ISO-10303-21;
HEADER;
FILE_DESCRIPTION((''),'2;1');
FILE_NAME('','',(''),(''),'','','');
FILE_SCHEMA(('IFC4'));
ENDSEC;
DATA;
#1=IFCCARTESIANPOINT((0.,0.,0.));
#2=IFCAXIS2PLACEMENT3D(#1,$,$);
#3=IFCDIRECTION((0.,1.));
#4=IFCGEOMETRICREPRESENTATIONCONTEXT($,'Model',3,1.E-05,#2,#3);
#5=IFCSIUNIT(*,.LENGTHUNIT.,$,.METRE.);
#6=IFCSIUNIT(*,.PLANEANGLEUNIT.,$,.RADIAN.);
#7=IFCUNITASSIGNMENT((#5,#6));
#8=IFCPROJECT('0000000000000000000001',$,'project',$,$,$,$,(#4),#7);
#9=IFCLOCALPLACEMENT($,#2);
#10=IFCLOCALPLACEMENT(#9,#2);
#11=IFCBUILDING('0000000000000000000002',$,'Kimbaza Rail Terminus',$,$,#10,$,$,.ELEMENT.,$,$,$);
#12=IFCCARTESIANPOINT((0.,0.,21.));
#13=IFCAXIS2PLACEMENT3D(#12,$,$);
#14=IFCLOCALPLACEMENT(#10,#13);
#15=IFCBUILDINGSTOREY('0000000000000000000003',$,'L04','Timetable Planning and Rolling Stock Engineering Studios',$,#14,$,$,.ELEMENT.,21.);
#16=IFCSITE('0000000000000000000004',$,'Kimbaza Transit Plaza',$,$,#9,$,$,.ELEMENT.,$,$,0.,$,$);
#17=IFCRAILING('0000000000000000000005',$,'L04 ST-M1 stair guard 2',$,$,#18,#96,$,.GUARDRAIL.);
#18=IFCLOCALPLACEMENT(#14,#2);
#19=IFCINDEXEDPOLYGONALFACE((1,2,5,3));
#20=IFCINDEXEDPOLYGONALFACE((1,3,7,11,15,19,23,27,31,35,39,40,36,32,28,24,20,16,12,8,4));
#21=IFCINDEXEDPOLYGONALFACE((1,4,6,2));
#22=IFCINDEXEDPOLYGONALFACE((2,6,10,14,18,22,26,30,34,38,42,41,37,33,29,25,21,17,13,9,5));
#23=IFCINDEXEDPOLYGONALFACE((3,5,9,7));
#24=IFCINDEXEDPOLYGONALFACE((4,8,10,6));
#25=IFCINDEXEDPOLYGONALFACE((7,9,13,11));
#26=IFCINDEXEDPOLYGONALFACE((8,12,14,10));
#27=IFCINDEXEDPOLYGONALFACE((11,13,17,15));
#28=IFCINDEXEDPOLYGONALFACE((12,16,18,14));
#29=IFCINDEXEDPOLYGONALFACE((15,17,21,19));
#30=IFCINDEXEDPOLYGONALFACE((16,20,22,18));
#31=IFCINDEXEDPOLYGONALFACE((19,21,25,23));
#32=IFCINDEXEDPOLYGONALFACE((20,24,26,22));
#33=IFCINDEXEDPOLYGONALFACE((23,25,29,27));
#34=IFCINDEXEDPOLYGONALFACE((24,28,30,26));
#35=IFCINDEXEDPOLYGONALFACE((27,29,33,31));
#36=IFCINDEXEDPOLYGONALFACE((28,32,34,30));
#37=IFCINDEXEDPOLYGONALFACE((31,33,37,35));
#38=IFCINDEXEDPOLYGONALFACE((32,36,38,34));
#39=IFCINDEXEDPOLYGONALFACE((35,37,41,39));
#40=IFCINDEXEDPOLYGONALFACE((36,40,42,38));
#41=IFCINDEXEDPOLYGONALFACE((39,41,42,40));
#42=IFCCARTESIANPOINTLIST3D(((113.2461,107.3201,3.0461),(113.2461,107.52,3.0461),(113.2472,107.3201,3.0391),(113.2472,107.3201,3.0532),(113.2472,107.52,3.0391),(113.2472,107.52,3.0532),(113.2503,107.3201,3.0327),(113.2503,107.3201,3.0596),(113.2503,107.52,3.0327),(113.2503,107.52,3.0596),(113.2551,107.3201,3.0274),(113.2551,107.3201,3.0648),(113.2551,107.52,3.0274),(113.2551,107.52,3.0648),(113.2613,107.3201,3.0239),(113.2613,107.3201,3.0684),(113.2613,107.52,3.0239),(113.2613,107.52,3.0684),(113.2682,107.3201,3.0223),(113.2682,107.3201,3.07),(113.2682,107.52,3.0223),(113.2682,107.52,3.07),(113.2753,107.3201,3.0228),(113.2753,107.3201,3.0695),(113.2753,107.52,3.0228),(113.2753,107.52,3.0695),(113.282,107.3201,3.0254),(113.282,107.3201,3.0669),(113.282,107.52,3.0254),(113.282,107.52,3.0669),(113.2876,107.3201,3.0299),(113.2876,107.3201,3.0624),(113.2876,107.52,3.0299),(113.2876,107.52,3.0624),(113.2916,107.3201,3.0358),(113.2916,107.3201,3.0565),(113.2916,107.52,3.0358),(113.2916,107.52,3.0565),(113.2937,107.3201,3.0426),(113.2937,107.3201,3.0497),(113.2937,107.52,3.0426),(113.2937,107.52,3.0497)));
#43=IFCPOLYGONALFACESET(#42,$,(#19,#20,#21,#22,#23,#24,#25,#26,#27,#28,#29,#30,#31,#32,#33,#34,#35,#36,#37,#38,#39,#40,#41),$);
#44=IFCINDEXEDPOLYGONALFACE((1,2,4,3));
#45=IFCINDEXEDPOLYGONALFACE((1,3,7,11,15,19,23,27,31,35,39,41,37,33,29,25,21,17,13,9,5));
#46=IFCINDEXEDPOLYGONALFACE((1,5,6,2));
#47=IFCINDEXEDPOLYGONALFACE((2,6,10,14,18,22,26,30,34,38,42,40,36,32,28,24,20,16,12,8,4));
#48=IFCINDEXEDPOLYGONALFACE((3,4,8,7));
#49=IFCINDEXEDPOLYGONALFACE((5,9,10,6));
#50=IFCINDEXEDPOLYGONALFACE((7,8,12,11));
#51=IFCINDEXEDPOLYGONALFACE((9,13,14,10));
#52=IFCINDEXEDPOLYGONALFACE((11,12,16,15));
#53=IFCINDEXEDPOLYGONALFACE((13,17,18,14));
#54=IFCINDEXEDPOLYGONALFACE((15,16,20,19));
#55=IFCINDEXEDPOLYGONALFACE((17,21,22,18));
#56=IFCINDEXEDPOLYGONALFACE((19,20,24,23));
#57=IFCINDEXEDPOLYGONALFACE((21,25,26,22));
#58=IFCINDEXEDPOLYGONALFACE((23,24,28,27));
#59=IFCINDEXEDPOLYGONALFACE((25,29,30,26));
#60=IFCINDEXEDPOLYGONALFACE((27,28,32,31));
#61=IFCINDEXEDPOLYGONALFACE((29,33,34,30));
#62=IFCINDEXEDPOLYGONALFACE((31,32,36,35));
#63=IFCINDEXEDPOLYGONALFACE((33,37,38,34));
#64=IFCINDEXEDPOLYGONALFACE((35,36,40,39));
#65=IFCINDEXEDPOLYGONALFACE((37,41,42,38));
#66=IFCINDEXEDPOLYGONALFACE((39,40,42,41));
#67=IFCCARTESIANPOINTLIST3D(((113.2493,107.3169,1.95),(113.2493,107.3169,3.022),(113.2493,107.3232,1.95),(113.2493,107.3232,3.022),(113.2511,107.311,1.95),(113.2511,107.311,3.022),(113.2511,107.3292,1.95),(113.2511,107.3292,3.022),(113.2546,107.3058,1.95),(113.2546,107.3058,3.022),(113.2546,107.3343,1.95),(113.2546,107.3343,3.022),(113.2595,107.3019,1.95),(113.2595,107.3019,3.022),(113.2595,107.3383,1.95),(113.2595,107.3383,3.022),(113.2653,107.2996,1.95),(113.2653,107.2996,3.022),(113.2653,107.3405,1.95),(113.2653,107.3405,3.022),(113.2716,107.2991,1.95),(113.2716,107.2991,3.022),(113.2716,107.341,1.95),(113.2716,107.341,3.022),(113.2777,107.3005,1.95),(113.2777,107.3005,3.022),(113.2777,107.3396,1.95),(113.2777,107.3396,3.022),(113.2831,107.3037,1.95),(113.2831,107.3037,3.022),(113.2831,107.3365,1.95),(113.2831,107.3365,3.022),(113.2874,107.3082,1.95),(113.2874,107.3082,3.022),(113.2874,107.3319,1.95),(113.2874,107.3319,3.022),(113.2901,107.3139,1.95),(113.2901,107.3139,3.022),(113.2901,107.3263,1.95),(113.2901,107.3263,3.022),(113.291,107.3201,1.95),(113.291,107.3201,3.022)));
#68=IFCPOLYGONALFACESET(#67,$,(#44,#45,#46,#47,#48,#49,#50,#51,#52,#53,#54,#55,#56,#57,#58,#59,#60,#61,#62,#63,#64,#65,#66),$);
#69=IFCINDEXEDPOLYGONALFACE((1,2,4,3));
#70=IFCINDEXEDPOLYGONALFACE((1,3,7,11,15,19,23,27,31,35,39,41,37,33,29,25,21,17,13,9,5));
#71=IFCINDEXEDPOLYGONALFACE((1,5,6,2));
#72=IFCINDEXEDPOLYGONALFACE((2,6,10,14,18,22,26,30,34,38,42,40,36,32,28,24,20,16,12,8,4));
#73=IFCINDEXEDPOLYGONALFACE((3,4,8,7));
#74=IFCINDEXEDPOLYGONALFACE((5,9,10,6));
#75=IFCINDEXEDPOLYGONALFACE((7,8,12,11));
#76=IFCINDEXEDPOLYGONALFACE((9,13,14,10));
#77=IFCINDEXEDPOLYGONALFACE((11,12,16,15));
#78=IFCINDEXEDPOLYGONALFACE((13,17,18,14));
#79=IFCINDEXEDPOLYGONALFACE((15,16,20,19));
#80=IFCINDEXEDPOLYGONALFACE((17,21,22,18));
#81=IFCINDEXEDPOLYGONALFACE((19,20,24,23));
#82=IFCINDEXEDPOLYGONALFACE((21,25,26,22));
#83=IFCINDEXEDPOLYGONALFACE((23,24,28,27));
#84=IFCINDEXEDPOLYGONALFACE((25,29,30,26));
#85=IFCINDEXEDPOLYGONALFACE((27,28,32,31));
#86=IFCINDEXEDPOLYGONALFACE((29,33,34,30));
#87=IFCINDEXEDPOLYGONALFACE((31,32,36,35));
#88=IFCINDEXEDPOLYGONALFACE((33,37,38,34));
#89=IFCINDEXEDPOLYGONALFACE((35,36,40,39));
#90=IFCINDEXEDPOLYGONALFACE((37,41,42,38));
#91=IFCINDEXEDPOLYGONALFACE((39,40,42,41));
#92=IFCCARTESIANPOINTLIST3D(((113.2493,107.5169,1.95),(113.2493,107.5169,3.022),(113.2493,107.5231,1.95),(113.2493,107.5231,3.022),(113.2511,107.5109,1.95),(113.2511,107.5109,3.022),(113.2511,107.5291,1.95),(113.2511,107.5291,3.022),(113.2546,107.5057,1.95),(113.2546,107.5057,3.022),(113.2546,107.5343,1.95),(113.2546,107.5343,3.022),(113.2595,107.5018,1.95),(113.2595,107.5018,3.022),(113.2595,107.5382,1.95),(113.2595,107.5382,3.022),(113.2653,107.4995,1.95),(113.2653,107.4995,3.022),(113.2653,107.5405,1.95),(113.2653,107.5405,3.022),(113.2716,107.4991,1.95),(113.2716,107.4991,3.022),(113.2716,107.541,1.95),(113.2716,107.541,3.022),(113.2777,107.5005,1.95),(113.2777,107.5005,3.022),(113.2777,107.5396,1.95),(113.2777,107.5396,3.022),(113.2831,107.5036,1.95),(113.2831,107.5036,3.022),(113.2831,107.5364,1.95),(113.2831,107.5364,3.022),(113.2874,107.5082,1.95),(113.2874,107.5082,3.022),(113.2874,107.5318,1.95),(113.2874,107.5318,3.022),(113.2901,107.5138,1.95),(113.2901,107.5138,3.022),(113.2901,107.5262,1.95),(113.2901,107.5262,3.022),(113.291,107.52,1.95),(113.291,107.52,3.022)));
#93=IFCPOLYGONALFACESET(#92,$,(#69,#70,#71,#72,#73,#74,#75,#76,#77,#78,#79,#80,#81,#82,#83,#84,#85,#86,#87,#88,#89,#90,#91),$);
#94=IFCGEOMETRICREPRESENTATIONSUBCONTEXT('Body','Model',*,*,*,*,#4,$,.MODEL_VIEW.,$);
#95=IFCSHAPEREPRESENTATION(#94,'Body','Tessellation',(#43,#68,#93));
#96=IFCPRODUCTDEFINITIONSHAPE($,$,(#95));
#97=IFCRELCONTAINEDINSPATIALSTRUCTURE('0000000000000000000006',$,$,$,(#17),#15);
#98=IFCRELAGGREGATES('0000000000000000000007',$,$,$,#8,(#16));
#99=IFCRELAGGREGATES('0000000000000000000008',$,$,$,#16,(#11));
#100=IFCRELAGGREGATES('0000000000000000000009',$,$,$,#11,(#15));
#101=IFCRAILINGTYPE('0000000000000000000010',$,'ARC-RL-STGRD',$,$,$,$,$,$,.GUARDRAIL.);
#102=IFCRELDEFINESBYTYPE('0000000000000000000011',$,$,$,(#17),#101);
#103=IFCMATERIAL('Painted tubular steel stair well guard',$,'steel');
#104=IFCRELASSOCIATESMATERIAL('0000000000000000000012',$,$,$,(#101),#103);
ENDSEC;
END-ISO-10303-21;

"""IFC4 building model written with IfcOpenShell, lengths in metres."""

from ifc_helpers import new_model, si_unit, direction, frame, origin, origin_2d, place, context, subcontext, project, spatial, circle, extrude, material, type_object, element, save


model = new_model("IFC4")

# Units and contexts
model_context = context("Model", 3, precision=1e-05, world=origin(), true_north=direction((0.0, 1.0)))
body_context = subcontext(model_context, "Body", "Model", "MODEL_VIEW")
ifc_project = project(units=[si_unit("LENGTHUNIT", "METRE"), si_unit("PLANEANGLEUNIT", "RADIAN")], contexts=[model_context])

# Site, building, storey
site_placement = place(None, origin())
site = spatial("IfcSite", under=ifc_project, at=site_placement, Name="Kimbaza Transit Plaza", CompositionType="ELEMENT", RefElevation=0.0)
building_placement = place(site_placement, origin())
building = spatial("IfcBuilding", under=site, at=building_placement, Name="Kimbaza Rail Terminus", CompositionType="ELEMENT")
storey_placement = place(building_placement, frame((0.0, 0.0, 21.0)))
storey = spatial("IfcBuildingStorey", under=building, at=storey_placement, Name="L04", Description="Timetable Planning and Rolling Stock Engineering Studios", CompositionType="ELEMENT", Elevation=21.0)

# Railing
ifc_material_1 = material(Name="Painted tubular steel stair well guard", Category="steel")
railing_type_1 = type_object("IfcRailingType", Name="ARC-RL-STGRD", PredefinedType="GUARDRAIL", material=ifc_material_1)
railing_1_placement = place(storey_placement, frame((113.27, 107.3201, 1.95)))
element("IfcRailing", 1, at=railing_1_placement, inside=storey, type_object=railing_type_1, Name="L04 ST-M1 stair guard 2", PredefinedType="GUARDRAIL", context=body_context, shape_type="SweptSolid", body=[
    extrude(circle(Radius=0.0239, at=origin_2d()), frame((0.0, 0.0, 1.0962), z_axis=(0.0, 1.0, 0.0), x_axis=(-1.0, 0.0, 0.0)), (0.0, 0.0, 1.0), 0.2),
    extrude(circle(Radius=0.021, at=origin_2d()), origin(), (0.0, 0.0, 1.0), 1.072),
    extrude(circle(Radius=0.021, at=origin_2d()), frame((0.0, 0.2, 0.0)), (0.0, 0.0, 1.0), 1.072),
])

save(model, "model.ifc")
